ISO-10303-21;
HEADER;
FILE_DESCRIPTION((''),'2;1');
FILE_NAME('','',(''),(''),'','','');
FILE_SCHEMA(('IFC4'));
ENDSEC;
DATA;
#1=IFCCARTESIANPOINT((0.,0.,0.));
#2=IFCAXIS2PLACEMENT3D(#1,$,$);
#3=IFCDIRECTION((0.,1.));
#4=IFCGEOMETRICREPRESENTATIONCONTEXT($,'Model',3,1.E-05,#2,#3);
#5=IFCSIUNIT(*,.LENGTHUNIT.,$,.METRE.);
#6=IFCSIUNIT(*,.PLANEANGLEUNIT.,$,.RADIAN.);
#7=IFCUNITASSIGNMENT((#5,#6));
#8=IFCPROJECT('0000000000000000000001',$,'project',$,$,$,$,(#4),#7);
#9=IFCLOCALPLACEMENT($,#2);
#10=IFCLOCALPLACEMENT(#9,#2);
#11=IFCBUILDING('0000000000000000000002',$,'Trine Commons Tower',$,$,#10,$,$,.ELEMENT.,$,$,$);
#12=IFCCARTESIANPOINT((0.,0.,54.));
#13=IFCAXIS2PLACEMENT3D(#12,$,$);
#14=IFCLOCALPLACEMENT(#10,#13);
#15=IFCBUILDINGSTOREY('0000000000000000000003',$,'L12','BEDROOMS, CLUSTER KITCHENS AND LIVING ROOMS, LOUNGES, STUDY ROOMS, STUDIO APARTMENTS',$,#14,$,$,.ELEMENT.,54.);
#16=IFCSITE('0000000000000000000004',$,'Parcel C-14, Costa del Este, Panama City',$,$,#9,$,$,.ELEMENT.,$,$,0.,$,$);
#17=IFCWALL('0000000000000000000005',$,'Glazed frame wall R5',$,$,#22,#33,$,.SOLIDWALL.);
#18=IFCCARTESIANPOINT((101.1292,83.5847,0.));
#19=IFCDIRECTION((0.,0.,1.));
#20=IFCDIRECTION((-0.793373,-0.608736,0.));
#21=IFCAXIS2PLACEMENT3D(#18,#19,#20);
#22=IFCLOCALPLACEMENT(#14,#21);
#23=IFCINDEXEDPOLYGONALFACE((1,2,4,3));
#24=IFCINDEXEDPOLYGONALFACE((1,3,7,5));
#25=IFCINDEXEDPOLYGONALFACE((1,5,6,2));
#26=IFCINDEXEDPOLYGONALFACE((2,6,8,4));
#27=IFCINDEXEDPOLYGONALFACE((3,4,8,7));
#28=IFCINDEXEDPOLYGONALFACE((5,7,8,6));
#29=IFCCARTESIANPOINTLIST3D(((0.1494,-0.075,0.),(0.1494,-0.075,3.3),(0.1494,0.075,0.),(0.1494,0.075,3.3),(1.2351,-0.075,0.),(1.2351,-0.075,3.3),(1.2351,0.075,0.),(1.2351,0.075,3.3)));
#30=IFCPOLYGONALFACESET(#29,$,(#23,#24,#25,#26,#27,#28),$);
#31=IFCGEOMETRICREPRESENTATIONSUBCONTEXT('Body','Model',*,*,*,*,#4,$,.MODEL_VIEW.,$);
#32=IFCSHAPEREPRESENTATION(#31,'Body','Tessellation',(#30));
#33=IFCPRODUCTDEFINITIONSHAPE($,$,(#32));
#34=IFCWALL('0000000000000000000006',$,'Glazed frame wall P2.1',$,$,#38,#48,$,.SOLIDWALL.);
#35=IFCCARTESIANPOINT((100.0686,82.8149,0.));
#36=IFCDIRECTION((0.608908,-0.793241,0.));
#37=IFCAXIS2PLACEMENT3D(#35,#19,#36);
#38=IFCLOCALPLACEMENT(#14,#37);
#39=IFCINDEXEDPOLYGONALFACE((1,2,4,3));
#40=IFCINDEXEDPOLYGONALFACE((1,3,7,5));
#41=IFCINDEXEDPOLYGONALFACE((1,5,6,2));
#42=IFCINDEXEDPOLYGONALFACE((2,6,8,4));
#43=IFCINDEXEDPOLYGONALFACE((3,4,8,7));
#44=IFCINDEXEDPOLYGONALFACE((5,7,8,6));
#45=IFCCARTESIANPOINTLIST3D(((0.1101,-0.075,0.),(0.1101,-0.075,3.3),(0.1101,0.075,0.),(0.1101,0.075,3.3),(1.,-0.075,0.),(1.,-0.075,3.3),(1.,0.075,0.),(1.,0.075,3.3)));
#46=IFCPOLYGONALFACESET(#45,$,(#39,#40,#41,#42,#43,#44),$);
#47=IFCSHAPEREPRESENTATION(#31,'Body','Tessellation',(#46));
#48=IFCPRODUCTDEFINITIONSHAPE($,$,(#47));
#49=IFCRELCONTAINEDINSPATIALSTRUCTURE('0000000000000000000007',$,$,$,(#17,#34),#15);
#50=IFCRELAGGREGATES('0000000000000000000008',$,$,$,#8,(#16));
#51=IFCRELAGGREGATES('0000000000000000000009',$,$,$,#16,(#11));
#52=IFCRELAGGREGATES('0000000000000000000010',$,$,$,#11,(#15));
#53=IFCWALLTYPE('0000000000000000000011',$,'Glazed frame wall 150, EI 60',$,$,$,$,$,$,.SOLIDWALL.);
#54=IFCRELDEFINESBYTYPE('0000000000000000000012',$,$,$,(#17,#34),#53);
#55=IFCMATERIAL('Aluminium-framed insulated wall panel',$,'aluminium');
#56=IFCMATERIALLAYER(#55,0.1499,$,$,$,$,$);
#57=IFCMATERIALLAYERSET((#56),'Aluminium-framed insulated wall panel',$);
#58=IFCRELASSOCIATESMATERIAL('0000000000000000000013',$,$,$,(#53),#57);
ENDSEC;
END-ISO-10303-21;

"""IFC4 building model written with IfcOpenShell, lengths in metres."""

from ifc_helpers import new_model, si_unit, direction, frame, origin, place, context, subcontext, project, spatial, polyline, outline, extrude, material, layer, layer_set, type_object, element, save


model = new_model("IFC4")

# Units and contexts
model_context = context("Model", 3, precision=1e-05, world=origin(), true_north=direction((0.0, 1.0)))
body_context = subcontext(model_context, "Body", "Model", "MODEL_VIEW")
ifc_project = project(units=[si_unit("LENGTHUNIT", "METRE"), si_unit("PLANEANGLEUNIT", "RADIAN")], contexts=[model_context])

# Site, building, storey
site_placement = place(None, origin())
site = spatial("IfcSite", under=ifc_project, at=site_placement, Name="Parcel C-14, Costa del Este, Panama City", CompositionType="ELEMENT", RefElevation=0.0)
building_placement = place(site_placement, origin())
building = spatial("IfcBuilding", under=site, at=building_placement, Name="Trine Commons Tower", CompositionType="ELEMENT")
storey_placement = place(building_placement, frame((0.0, 0.0, 54.0)))
storey = spatial("IfcBuildingStorey", under=building, at=storey_placement, Name="L12", Description="BEDROOMS, CLUSTER KITCHENS AND LIVING ROOMS, LOUNGES, STUDY ROOMS, STUDIO APARTMENTS", CompositionType="ELEMENT", Elevation=54.0)

# Walls
ifc_material_1 = material(Name="Aluminium-framed insulated wall panel", Category="aluminium")
ifc_layer_1 = layer(ifc_material_1, 0.1499)
ifc_layer_set_1 = layer_set([ifc_layer_1], Name="Aluminium-framed insulated wall panel")
wall_type_1 = type_object("IfcWallType", Name="Glazed frame wall 150, EI 60", PredefinedType="SOLIDWALL", material=ifc_layer_set_1)
wall_1_placement = place(storey_placement, frame((101.1292, 83.5847, 0.0), z_axis=(0.0, 0.0, 1.0), x_axis=(-0.793373, -0.608736, 0.0)))
element("IfcWall", 1, at=wall_1_placement, inside=storey, type_object=wall_type_1, Name="Glazed frame wall R5", PredefinedType="SOLIDWALL", context=body_context, shape_type="SweptSolid", body=[
    extrude(outline(polyline([(0.1494, 0.075), (0.1494, -0.075), (1.2351, -0.075), (1.2351, 0.075), (0.1494, 0.075)])), origin(), (0.0, 0.0, 1.0), 3.3),
])
wall_2_placement = place(storey_placement, frame((100.0686, 82.8149, 0.0), z_axis=(0.0, 0.0, 1.0), x_axis=(0.608908, -0.793241, 0.0)))
element("IfcWall", 2, at=wall_2_placement, inside=storey, type_object=wall_type_1, Name="Glazed frame wall P2.1", PredefinedType="SOLIDWALL", context=body_context, shape_type="SweptSolid", body=[
    extrude(outline(polyline([(0.1101, -0.075), (1.0, -0.075), (1.0, 0.075), (0.1101, 0.075), (0.1101, -0.075)])), origin(), (0.0, 0.0, 1.0), 3.3),
])

save(model, "model.ifc")
